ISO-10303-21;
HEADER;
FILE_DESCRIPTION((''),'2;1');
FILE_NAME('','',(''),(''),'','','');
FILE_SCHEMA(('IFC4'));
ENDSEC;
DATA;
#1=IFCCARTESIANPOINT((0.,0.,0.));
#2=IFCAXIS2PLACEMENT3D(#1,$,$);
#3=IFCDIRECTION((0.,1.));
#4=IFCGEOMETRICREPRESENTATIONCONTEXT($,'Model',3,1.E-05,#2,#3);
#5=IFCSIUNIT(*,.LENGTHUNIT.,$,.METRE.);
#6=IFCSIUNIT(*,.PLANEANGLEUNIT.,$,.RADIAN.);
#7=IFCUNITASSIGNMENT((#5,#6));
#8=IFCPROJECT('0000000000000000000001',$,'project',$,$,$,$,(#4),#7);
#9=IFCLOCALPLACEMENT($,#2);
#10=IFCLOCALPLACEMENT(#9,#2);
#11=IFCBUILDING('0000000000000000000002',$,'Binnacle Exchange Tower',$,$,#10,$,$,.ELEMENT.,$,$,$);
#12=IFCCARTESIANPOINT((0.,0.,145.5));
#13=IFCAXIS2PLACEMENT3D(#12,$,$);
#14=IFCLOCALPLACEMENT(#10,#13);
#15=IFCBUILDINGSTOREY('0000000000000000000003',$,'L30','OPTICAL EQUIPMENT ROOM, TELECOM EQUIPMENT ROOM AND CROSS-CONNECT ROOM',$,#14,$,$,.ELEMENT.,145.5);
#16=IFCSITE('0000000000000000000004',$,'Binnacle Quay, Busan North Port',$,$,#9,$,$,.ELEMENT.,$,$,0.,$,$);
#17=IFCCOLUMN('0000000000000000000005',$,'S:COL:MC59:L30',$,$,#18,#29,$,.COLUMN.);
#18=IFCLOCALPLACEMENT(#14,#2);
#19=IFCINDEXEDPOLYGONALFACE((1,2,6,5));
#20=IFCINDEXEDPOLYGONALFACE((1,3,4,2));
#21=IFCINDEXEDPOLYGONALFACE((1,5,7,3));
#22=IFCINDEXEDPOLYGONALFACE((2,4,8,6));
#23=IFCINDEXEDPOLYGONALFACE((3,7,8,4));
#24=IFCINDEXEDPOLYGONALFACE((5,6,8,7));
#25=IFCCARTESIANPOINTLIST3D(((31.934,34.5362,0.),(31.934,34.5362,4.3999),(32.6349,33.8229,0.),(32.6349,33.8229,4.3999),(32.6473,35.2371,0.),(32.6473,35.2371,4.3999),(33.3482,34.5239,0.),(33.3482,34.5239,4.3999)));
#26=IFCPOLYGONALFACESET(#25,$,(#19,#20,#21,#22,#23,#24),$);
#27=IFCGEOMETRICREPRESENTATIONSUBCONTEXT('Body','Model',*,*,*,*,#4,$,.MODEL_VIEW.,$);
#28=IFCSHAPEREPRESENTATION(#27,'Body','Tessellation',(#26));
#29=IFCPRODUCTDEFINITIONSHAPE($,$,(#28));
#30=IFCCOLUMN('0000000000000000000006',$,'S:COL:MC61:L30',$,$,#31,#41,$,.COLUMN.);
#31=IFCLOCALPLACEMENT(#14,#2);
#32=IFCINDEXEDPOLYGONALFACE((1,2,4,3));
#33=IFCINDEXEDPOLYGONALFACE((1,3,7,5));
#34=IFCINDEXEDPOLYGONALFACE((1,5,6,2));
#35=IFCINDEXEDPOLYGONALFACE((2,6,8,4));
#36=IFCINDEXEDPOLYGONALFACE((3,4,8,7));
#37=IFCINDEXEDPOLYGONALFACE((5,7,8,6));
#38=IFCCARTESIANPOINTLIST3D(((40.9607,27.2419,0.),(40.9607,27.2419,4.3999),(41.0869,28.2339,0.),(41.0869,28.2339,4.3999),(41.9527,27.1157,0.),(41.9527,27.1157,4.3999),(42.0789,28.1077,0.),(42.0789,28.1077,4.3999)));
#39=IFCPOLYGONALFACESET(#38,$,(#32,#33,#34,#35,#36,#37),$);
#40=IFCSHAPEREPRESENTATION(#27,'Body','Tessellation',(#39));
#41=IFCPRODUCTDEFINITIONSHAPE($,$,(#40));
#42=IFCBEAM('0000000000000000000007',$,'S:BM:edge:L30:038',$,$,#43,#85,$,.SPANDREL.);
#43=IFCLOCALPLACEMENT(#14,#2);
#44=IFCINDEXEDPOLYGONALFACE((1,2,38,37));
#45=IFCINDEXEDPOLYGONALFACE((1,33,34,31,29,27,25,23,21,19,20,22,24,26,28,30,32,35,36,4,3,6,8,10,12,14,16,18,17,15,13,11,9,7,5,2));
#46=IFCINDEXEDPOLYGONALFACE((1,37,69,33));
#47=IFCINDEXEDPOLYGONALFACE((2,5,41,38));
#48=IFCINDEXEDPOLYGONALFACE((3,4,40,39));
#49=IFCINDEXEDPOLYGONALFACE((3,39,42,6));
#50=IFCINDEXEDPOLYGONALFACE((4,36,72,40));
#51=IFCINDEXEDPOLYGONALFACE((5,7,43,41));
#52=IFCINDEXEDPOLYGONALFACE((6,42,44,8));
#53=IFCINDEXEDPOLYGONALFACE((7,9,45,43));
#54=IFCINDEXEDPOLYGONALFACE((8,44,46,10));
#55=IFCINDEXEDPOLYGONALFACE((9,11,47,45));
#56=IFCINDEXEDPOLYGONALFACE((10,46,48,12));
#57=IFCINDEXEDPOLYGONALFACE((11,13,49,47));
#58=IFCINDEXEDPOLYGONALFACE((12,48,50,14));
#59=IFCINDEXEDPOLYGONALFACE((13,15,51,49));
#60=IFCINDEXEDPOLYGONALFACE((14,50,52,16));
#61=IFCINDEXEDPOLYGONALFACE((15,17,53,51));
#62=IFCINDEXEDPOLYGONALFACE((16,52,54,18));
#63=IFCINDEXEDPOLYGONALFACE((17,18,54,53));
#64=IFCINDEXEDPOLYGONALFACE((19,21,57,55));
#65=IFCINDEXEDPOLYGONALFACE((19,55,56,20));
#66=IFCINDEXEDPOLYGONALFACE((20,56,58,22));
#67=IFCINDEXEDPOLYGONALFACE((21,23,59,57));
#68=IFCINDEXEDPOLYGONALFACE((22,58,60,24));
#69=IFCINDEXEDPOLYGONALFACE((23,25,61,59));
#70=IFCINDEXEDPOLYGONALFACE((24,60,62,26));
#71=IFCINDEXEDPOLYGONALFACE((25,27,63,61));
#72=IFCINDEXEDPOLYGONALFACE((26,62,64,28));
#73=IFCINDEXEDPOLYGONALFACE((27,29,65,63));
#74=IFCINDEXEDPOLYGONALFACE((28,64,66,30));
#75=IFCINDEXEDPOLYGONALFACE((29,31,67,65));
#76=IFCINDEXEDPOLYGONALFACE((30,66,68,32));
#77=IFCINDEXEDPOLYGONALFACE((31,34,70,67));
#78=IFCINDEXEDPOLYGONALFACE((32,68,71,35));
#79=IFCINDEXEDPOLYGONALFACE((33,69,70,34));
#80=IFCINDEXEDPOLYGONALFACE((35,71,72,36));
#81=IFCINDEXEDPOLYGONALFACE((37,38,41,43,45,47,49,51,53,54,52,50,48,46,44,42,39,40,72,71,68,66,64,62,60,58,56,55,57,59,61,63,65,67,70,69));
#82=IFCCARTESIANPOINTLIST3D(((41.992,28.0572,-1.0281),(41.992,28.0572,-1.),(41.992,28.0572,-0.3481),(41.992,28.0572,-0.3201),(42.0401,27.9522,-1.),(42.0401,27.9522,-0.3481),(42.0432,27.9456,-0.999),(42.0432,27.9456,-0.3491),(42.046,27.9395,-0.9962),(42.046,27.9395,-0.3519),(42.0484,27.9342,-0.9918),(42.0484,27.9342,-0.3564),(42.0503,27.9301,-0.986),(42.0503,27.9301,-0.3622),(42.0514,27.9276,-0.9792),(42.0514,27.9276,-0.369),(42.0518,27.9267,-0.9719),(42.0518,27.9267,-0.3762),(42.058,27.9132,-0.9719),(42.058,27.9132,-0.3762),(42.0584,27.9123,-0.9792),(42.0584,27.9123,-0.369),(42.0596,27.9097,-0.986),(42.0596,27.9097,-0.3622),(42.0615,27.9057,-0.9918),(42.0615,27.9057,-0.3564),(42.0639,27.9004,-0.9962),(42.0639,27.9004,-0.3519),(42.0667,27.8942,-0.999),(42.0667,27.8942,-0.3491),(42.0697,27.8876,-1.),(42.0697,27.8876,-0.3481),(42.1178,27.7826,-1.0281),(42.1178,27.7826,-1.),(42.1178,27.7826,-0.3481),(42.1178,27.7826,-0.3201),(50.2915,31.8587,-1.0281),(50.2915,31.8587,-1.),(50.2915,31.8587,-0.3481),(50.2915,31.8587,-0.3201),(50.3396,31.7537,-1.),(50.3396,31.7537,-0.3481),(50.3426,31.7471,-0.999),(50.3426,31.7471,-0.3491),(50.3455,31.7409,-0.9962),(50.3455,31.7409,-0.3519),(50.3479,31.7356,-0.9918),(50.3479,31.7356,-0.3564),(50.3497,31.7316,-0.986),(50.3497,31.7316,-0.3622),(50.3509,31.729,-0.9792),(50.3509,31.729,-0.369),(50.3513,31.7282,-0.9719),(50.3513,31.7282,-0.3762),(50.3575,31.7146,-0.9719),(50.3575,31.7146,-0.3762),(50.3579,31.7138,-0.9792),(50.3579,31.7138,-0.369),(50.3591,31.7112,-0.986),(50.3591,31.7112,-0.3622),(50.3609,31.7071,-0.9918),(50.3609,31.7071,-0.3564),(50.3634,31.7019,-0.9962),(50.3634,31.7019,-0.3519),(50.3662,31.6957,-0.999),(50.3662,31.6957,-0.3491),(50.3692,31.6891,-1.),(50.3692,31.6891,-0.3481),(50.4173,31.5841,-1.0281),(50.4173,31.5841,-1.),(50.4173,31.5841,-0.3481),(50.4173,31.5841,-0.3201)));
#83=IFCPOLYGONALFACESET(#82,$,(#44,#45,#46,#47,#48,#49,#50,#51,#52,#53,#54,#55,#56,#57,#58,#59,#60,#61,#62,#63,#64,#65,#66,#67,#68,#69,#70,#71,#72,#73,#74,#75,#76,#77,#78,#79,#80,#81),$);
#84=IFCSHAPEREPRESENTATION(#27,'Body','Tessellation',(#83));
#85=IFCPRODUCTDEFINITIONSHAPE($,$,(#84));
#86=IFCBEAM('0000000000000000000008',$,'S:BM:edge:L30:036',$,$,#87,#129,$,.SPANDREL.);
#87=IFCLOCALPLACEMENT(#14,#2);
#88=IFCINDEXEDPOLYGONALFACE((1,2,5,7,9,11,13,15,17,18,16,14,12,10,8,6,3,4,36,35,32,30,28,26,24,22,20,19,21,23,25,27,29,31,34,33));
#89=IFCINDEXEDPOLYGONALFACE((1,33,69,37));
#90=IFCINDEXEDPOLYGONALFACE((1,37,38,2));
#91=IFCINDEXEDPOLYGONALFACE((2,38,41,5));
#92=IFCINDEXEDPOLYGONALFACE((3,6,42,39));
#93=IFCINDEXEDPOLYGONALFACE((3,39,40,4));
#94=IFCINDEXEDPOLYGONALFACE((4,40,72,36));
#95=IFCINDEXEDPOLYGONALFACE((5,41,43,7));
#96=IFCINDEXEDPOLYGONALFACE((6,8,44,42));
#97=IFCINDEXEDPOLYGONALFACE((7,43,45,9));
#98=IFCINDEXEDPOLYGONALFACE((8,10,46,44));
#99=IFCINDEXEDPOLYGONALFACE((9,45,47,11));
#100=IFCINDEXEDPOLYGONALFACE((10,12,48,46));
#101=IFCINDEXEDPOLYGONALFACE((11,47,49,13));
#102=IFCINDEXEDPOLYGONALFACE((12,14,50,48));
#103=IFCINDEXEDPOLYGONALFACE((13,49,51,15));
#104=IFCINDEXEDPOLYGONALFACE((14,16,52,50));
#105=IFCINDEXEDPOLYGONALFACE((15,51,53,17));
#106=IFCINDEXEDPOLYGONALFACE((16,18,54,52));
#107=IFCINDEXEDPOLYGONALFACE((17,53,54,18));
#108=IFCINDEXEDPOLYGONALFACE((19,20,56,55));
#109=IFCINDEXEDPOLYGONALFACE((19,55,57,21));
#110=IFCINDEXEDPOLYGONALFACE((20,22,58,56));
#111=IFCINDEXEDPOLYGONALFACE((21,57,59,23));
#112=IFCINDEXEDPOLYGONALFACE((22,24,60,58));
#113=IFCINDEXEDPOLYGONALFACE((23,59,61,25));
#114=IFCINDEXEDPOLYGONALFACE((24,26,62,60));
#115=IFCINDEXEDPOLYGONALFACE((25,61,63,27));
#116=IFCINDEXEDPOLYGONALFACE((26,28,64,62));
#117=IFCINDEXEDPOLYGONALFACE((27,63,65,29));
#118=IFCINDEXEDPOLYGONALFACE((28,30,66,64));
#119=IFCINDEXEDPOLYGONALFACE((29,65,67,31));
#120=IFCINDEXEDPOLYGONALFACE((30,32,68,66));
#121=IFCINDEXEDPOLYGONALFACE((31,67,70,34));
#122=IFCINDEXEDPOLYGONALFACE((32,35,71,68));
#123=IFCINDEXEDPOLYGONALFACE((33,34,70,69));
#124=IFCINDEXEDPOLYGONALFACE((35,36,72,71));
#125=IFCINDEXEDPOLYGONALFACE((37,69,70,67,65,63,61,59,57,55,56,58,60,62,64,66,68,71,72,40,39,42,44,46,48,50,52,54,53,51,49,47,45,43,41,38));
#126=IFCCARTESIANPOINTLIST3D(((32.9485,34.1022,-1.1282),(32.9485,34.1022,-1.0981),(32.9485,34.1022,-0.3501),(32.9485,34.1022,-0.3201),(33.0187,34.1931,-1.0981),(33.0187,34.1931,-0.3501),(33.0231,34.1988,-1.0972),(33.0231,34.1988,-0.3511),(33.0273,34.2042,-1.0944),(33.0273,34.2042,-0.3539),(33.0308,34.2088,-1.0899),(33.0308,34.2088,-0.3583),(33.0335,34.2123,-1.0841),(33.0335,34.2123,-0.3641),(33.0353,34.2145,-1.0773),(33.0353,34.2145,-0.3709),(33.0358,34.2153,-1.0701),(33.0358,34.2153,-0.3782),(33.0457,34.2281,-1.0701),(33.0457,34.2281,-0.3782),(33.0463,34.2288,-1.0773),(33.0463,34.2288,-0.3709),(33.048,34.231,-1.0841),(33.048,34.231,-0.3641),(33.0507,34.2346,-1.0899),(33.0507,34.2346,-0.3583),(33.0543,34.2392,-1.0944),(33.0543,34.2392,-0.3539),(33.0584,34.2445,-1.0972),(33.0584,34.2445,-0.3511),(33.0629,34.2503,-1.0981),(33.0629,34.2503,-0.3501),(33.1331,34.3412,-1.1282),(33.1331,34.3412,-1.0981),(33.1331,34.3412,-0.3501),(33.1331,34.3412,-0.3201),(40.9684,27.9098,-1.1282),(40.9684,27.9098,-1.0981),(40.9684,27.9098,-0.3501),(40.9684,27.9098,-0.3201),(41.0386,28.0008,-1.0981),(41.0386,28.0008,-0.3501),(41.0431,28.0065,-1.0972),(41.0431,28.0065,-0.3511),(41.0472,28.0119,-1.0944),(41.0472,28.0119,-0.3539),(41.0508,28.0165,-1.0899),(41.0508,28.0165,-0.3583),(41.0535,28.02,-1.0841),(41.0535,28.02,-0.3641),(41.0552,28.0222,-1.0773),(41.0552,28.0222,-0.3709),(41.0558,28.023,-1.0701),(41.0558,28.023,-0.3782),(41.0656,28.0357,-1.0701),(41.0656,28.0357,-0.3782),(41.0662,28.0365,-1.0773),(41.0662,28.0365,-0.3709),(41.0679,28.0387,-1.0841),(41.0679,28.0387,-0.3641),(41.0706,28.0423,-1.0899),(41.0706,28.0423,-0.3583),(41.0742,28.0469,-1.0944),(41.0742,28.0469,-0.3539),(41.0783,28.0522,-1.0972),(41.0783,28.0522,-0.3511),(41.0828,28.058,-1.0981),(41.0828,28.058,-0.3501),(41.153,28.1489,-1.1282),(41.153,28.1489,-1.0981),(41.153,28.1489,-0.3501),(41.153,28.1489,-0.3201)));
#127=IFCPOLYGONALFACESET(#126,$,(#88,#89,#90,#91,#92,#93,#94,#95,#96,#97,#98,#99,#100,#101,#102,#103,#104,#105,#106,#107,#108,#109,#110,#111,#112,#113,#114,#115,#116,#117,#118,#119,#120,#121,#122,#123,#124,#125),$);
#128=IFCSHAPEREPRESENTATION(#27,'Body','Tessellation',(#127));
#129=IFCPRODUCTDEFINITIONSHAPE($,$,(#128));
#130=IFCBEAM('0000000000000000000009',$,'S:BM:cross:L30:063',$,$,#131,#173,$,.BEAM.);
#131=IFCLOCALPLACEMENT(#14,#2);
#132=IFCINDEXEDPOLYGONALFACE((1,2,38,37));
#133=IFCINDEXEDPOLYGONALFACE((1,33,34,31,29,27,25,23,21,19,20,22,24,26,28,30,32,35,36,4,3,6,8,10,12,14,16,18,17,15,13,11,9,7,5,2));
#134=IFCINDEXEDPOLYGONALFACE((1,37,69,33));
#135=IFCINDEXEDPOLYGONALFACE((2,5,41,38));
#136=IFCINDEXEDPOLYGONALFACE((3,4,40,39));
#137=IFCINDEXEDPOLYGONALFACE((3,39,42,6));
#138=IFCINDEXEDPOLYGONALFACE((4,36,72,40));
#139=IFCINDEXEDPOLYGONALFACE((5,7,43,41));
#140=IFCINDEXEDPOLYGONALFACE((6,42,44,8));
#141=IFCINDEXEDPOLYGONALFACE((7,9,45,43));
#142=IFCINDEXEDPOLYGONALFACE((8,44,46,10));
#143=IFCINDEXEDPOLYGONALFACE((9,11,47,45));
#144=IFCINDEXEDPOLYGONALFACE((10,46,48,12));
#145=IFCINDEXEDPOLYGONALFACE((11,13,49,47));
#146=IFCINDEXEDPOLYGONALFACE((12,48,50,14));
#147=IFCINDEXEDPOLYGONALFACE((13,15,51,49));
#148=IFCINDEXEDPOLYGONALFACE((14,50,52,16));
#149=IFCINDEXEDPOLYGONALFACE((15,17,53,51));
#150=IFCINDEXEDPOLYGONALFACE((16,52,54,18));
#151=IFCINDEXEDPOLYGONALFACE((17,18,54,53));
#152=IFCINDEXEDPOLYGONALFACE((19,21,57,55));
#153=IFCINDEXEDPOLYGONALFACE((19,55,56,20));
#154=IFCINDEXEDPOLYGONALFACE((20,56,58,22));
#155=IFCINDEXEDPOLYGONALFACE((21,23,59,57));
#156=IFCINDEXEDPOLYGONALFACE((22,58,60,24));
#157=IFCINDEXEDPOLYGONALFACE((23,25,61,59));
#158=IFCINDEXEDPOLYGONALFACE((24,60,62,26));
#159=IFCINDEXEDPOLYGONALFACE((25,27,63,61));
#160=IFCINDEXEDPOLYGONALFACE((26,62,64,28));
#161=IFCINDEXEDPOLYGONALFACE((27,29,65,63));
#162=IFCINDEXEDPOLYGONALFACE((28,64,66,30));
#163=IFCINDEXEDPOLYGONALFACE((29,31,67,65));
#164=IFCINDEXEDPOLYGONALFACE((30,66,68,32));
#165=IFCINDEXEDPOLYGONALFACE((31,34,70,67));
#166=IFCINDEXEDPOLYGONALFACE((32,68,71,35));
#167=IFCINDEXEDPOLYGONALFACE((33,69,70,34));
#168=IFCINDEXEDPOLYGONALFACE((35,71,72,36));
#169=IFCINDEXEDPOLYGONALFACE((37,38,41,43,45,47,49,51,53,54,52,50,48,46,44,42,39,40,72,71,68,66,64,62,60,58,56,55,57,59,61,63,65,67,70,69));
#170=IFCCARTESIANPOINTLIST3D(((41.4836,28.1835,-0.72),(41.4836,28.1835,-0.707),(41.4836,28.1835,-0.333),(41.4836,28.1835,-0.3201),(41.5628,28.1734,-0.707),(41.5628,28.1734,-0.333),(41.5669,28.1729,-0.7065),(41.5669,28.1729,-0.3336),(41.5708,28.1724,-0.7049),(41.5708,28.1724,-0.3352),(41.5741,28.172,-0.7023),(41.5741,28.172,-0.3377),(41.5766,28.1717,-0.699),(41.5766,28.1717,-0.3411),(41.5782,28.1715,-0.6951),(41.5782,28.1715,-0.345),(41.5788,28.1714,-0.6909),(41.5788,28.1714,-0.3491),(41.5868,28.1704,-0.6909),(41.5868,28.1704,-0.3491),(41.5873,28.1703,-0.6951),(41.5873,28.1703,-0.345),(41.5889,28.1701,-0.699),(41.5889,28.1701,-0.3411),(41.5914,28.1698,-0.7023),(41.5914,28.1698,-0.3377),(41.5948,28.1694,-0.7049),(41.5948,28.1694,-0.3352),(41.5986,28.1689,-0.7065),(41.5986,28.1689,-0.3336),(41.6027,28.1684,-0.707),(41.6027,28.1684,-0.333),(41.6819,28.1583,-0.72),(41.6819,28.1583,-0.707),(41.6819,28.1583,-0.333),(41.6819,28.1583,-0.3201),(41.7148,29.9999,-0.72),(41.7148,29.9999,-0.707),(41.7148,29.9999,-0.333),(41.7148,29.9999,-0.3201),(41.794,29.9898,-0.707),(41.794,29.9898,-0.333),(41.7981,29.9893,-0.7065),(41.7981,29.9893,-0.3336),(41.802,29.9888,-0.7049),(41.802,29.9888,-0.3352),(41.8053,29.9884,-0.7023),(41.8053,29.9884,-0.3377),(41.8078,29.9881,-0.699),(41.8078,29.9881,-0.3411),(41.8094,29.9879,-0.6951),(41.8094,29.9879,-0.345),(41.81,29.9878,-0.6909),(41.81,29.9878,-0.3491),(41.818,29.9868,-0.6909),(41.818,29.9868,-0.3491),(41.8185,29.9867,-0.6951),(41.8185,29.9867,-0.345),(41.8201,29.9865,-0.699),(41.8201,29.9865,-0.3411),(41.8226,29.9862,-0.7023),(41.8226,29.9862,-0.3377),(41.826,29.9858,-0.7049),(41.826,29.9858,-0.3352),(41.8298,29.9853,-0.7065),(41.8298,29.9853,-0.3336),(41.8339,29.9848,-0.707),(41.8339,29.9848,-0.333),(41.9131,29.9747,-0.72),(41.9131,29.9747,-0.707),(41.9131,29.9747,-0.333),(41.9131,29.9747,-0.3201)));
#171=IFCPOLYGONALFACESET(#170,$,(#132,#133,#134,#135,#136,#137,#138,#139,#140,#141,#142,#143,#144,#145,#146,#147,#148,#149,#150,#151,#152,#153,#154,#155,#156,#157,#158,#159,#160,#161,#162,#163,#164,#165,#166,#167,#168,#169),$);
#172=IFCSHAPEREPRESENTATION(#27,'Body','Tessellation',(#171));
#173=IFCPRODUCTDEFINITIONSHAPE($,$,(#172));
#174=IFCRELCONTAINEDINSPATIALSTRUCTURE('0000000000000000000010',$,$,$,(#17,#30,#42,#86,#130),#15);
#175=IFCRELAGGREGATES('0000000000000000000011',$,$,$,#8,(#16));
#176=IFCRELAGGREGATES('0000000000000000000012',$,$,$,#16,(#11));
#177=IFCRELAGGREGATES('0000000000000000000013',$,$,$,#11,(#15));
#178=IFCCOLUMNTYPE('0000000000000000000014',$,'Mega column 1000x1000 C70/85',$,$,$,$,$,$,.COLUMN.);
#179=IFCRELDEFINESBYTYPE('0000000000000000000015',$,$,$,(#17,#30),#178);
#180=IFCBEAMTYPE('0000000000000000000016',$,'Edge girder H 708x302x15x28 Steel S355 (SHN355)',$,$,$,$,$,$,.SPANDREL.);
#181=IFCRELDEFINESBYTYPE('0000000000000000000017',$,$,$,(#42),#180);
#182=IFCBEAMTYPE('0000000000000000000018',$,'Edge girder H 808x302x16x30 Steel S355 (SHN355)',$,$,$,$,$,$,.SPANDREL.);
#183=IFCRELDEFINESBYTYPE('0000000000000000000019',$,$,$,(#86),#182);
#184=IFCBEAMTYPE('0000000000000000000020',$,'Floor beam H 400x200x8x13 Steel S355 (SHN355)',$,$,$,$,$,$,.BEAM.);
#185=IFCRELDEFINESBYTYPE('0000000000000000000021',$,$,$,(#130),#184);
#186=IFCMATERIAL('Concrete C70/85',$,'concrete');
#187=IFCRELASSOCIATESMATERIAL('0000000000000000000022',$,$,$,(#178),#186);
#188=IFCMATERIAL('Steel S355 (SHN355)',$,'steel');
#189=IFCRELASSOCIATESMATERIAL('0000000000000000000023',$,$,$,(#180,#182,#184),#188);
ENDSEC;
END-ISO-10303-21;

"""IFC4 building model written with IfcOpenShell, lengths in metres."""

from ifc_helpers import new_model, si_unit, direction, frame, origin, origin_2d, place, context, subcontext, project, spatial, rectangle, i_section, extrude, material, material_profile, profile_set, type_object, element, save


model = new_model("IFC4")

# Units and contexts
model_context = context("Model", 3, precision=1e-05, world=origin(), true_north=direction((0.0, 1.0)))
body_context = subcontext(model_context, "Body", "Model", "MODEL_VIEW")
ifc_project = project(units=[si_unit("LENGTHUNIT", "METRE"), si_unit("PLANEANGLEUNIT", "RADIAN")], contexts=[model_context])

# Site, building, storey
site_placement = place(None, origin())
site = spatial("IfcSite", under=ifc_project, at=site_placement, Name="Binnacle Quay, Busan North Port", CompositionType="ELEMENT", RefElevation=0.0)
building_placement = place(site_placement, origin())
building = spatial("IfcBuilding", under=site, at=building_placement, Name="Binnacle Exchange Tower", CompositionType="ELEMENT")
storey_placement = place(building_placement, frame((0.0, 0.0, 145.5)))
storey = spatial("IfcBuildingStorey", under=building, at=storey_placement, Name="L30", Description="OPTICAL EQUIPMENT ROOM, TELECOM EQUIPMENT ROOM AND CROSS-CONNECT ROOM", CompositionType="ELEMENT", Elevation=145.5)

# Columns
ifc_material_1 = material(Name="Concrete C70/85", Category="concrete")
ifc_material_profile_1 = material_profile(ifc_material_1, rectangle(XDim=1.0, YDim=1.0, at=origin_2d()), Name="Mega column 1000x1000 C70/85")
ifc_profile_set_1 = profile_set([ifc_material_profile_1], Name="Concrete C70/85")
column_type = type_object("IfcColumnType", Name="Mega column 1000x1000 C70/85", PredefinedType="COLUMN", material=ifc_profile_set_1)
for number, where, z_axis, x_axis, name in (
    (1, (32.6411, 34.53, 0.0), (0.0, 0.0, 1.0), (0.700909, -0.71325, 0.0), "S:COL:MC59:L30"),
    (2, (41.5198, 27.6748, 0.0), (0.0, 0.0, 1.0), (0.992005, -0.126199, 0.0), "S:COL:MC61:L30"),
):
    element("IfcColumn", number, at=place(storey_placement, frame(where, z_axis=z_axis, x_axis=x_axis)), inside=storey, type_object=column_type, Name=name, PredefinedType="COLUMN", context=body_context, shape_type="SweptSolid", body=[
        extrude(rectangle(XDim=1.0, YDim=1.0, at=origin_2d()), origin(), (0.0, 0.0, 1.0), 4.3999),
    ])

# Beams
ifc_material_2 = material(Name="Steel S355 (SHN355)", Category="steel")
ifc_material_profile_2 = material_profile(ifc_material_2, i_section(OverallWidth=0.302, OverallDepth=0.708, WebThickness=0.0149, FlangeThickness=0.0281, FilletRadius=0.0281, at=origin_2d()), Name="H 708x302x15x28")
ifc_profile_set_2 = profile_set([ifc_material_profile_2], Name="Steel S355 (SHN355)")
beam_type_1 = type_object("IfcBeamType", Name="Edge girder H 708x302x15x28 Steel S355 (SHN355)", PredefinedType="SPANDREL", material=ifc_profile_set_2)
beam_1_placement = place(storey_placement, frame((42.0549, 27.9199, -0.6741), z_axis=(0.909167, 0.416433, 0.0), x_axis=(-0.416433, 0.909167, 0.0)))
element("IfcBeam", 3, at=beam_1_placement, inside=storey, type_object=beam_type_1, Name="S:BM:edge:L30:038", PredefinedType="SPANDREL", context=body_context, shape_type="SweptSolid", body=[
    extrude(i_section(OverallWidth=0.302, OverallDepth=0.708, WebThickness=0.0149, FlangeThickness=0.0281, FilletRadius=0.0281, at=origin_2d()), origin(), (0.0, 0.0, 1.0), 9.1287),
])
ifc_material_profile_3 = material_profile(ifc_material_2, i_section(OverallWidth=0.302, OverallDepth=0.8081, WebThickness=0.0161, FlangeThickness=0.03, FilletRadius=0.0281, at=origin_2d()), Name="H 808x302x16x30")
ifc_profile_set_3 = profile_set([ifc_material_profile_3], Name="Steel S355 (SHN355)")
beam_type_2 = type_object("IfcBeamType", Name="Edge girder H 808x302x16x30 Steel S355 (SHN355)", PredefinedType="SPANDREL", material=ifc_profile_set_3)
beam_2_placement = place(storey_placement, frame((33.0408, 34.2217, -0.7241), z_axis=(0.791519, -0.611144, 0.0), x_axis=(0.611144, 0.791519, 0.0)))
element("IfcBeam", 4, at=beam_2_placement, inside=storey, type_object=beam_type_2, Name="S:BM:edge:L30:036", PredefinedType="SPANDREL", context=body_context, shape_type="SweptSolid", body=[
    extrude(i_section(OverallWidth=0.302, OverallDepth=0.8081, WebThickness=0.0161, FlangeThickness=0.03, FilletRadius=0.0281, at=origin_2d()), origin(), (0.0, 0.0, 1.0), 10.1323),
])
ifc_material_profile_4 = material_profile(ifc_material_2, i_section(OverallWidth=0.2, OverallDepth=0.3999, WebThickness=0.0081, FlangeThickness=0.0129, FilletRadius=0.0161, at=origin_2d()), Name="H 400x200x8x13")
ifc_profile_set_4 = profile_set([ifc_material_profile_4], Name="Steel S355 (SHN355)")
beam_type_3 = type_object("IfcBeamType", Name="Floor beam H 400x200x8x13 Steel S355 (SHN355)", PredefinedType="BEAM", material=ifc_profile_set_4)
beam_3_placement = place(storey_placement, frame((41.5828, 28.1709, -0.52), z_axis=(0.126266, 0.991996, 0.0), x_axis=(-0.991996, 0.126266, 0.0)))
element("IfcBeam", 5, at=beam_3_placement, inside=storey, type_object=beam_type_3, Name="S:BM:cross:L30:063", PredefinedType="BEAM", context=body_context, shape_type="SweptSolid", body=[
    extrude(i_section(OverallWidth=0.2, OverallDepth=0.3999, WebThickness=0.0081, FlangeThickness=0.0129, FilletRadius=0.0161, at=origin_2d()), origin(), (0.0, 0.0, 1.0), 1.8311),
])

save(model, "model.ifc")
